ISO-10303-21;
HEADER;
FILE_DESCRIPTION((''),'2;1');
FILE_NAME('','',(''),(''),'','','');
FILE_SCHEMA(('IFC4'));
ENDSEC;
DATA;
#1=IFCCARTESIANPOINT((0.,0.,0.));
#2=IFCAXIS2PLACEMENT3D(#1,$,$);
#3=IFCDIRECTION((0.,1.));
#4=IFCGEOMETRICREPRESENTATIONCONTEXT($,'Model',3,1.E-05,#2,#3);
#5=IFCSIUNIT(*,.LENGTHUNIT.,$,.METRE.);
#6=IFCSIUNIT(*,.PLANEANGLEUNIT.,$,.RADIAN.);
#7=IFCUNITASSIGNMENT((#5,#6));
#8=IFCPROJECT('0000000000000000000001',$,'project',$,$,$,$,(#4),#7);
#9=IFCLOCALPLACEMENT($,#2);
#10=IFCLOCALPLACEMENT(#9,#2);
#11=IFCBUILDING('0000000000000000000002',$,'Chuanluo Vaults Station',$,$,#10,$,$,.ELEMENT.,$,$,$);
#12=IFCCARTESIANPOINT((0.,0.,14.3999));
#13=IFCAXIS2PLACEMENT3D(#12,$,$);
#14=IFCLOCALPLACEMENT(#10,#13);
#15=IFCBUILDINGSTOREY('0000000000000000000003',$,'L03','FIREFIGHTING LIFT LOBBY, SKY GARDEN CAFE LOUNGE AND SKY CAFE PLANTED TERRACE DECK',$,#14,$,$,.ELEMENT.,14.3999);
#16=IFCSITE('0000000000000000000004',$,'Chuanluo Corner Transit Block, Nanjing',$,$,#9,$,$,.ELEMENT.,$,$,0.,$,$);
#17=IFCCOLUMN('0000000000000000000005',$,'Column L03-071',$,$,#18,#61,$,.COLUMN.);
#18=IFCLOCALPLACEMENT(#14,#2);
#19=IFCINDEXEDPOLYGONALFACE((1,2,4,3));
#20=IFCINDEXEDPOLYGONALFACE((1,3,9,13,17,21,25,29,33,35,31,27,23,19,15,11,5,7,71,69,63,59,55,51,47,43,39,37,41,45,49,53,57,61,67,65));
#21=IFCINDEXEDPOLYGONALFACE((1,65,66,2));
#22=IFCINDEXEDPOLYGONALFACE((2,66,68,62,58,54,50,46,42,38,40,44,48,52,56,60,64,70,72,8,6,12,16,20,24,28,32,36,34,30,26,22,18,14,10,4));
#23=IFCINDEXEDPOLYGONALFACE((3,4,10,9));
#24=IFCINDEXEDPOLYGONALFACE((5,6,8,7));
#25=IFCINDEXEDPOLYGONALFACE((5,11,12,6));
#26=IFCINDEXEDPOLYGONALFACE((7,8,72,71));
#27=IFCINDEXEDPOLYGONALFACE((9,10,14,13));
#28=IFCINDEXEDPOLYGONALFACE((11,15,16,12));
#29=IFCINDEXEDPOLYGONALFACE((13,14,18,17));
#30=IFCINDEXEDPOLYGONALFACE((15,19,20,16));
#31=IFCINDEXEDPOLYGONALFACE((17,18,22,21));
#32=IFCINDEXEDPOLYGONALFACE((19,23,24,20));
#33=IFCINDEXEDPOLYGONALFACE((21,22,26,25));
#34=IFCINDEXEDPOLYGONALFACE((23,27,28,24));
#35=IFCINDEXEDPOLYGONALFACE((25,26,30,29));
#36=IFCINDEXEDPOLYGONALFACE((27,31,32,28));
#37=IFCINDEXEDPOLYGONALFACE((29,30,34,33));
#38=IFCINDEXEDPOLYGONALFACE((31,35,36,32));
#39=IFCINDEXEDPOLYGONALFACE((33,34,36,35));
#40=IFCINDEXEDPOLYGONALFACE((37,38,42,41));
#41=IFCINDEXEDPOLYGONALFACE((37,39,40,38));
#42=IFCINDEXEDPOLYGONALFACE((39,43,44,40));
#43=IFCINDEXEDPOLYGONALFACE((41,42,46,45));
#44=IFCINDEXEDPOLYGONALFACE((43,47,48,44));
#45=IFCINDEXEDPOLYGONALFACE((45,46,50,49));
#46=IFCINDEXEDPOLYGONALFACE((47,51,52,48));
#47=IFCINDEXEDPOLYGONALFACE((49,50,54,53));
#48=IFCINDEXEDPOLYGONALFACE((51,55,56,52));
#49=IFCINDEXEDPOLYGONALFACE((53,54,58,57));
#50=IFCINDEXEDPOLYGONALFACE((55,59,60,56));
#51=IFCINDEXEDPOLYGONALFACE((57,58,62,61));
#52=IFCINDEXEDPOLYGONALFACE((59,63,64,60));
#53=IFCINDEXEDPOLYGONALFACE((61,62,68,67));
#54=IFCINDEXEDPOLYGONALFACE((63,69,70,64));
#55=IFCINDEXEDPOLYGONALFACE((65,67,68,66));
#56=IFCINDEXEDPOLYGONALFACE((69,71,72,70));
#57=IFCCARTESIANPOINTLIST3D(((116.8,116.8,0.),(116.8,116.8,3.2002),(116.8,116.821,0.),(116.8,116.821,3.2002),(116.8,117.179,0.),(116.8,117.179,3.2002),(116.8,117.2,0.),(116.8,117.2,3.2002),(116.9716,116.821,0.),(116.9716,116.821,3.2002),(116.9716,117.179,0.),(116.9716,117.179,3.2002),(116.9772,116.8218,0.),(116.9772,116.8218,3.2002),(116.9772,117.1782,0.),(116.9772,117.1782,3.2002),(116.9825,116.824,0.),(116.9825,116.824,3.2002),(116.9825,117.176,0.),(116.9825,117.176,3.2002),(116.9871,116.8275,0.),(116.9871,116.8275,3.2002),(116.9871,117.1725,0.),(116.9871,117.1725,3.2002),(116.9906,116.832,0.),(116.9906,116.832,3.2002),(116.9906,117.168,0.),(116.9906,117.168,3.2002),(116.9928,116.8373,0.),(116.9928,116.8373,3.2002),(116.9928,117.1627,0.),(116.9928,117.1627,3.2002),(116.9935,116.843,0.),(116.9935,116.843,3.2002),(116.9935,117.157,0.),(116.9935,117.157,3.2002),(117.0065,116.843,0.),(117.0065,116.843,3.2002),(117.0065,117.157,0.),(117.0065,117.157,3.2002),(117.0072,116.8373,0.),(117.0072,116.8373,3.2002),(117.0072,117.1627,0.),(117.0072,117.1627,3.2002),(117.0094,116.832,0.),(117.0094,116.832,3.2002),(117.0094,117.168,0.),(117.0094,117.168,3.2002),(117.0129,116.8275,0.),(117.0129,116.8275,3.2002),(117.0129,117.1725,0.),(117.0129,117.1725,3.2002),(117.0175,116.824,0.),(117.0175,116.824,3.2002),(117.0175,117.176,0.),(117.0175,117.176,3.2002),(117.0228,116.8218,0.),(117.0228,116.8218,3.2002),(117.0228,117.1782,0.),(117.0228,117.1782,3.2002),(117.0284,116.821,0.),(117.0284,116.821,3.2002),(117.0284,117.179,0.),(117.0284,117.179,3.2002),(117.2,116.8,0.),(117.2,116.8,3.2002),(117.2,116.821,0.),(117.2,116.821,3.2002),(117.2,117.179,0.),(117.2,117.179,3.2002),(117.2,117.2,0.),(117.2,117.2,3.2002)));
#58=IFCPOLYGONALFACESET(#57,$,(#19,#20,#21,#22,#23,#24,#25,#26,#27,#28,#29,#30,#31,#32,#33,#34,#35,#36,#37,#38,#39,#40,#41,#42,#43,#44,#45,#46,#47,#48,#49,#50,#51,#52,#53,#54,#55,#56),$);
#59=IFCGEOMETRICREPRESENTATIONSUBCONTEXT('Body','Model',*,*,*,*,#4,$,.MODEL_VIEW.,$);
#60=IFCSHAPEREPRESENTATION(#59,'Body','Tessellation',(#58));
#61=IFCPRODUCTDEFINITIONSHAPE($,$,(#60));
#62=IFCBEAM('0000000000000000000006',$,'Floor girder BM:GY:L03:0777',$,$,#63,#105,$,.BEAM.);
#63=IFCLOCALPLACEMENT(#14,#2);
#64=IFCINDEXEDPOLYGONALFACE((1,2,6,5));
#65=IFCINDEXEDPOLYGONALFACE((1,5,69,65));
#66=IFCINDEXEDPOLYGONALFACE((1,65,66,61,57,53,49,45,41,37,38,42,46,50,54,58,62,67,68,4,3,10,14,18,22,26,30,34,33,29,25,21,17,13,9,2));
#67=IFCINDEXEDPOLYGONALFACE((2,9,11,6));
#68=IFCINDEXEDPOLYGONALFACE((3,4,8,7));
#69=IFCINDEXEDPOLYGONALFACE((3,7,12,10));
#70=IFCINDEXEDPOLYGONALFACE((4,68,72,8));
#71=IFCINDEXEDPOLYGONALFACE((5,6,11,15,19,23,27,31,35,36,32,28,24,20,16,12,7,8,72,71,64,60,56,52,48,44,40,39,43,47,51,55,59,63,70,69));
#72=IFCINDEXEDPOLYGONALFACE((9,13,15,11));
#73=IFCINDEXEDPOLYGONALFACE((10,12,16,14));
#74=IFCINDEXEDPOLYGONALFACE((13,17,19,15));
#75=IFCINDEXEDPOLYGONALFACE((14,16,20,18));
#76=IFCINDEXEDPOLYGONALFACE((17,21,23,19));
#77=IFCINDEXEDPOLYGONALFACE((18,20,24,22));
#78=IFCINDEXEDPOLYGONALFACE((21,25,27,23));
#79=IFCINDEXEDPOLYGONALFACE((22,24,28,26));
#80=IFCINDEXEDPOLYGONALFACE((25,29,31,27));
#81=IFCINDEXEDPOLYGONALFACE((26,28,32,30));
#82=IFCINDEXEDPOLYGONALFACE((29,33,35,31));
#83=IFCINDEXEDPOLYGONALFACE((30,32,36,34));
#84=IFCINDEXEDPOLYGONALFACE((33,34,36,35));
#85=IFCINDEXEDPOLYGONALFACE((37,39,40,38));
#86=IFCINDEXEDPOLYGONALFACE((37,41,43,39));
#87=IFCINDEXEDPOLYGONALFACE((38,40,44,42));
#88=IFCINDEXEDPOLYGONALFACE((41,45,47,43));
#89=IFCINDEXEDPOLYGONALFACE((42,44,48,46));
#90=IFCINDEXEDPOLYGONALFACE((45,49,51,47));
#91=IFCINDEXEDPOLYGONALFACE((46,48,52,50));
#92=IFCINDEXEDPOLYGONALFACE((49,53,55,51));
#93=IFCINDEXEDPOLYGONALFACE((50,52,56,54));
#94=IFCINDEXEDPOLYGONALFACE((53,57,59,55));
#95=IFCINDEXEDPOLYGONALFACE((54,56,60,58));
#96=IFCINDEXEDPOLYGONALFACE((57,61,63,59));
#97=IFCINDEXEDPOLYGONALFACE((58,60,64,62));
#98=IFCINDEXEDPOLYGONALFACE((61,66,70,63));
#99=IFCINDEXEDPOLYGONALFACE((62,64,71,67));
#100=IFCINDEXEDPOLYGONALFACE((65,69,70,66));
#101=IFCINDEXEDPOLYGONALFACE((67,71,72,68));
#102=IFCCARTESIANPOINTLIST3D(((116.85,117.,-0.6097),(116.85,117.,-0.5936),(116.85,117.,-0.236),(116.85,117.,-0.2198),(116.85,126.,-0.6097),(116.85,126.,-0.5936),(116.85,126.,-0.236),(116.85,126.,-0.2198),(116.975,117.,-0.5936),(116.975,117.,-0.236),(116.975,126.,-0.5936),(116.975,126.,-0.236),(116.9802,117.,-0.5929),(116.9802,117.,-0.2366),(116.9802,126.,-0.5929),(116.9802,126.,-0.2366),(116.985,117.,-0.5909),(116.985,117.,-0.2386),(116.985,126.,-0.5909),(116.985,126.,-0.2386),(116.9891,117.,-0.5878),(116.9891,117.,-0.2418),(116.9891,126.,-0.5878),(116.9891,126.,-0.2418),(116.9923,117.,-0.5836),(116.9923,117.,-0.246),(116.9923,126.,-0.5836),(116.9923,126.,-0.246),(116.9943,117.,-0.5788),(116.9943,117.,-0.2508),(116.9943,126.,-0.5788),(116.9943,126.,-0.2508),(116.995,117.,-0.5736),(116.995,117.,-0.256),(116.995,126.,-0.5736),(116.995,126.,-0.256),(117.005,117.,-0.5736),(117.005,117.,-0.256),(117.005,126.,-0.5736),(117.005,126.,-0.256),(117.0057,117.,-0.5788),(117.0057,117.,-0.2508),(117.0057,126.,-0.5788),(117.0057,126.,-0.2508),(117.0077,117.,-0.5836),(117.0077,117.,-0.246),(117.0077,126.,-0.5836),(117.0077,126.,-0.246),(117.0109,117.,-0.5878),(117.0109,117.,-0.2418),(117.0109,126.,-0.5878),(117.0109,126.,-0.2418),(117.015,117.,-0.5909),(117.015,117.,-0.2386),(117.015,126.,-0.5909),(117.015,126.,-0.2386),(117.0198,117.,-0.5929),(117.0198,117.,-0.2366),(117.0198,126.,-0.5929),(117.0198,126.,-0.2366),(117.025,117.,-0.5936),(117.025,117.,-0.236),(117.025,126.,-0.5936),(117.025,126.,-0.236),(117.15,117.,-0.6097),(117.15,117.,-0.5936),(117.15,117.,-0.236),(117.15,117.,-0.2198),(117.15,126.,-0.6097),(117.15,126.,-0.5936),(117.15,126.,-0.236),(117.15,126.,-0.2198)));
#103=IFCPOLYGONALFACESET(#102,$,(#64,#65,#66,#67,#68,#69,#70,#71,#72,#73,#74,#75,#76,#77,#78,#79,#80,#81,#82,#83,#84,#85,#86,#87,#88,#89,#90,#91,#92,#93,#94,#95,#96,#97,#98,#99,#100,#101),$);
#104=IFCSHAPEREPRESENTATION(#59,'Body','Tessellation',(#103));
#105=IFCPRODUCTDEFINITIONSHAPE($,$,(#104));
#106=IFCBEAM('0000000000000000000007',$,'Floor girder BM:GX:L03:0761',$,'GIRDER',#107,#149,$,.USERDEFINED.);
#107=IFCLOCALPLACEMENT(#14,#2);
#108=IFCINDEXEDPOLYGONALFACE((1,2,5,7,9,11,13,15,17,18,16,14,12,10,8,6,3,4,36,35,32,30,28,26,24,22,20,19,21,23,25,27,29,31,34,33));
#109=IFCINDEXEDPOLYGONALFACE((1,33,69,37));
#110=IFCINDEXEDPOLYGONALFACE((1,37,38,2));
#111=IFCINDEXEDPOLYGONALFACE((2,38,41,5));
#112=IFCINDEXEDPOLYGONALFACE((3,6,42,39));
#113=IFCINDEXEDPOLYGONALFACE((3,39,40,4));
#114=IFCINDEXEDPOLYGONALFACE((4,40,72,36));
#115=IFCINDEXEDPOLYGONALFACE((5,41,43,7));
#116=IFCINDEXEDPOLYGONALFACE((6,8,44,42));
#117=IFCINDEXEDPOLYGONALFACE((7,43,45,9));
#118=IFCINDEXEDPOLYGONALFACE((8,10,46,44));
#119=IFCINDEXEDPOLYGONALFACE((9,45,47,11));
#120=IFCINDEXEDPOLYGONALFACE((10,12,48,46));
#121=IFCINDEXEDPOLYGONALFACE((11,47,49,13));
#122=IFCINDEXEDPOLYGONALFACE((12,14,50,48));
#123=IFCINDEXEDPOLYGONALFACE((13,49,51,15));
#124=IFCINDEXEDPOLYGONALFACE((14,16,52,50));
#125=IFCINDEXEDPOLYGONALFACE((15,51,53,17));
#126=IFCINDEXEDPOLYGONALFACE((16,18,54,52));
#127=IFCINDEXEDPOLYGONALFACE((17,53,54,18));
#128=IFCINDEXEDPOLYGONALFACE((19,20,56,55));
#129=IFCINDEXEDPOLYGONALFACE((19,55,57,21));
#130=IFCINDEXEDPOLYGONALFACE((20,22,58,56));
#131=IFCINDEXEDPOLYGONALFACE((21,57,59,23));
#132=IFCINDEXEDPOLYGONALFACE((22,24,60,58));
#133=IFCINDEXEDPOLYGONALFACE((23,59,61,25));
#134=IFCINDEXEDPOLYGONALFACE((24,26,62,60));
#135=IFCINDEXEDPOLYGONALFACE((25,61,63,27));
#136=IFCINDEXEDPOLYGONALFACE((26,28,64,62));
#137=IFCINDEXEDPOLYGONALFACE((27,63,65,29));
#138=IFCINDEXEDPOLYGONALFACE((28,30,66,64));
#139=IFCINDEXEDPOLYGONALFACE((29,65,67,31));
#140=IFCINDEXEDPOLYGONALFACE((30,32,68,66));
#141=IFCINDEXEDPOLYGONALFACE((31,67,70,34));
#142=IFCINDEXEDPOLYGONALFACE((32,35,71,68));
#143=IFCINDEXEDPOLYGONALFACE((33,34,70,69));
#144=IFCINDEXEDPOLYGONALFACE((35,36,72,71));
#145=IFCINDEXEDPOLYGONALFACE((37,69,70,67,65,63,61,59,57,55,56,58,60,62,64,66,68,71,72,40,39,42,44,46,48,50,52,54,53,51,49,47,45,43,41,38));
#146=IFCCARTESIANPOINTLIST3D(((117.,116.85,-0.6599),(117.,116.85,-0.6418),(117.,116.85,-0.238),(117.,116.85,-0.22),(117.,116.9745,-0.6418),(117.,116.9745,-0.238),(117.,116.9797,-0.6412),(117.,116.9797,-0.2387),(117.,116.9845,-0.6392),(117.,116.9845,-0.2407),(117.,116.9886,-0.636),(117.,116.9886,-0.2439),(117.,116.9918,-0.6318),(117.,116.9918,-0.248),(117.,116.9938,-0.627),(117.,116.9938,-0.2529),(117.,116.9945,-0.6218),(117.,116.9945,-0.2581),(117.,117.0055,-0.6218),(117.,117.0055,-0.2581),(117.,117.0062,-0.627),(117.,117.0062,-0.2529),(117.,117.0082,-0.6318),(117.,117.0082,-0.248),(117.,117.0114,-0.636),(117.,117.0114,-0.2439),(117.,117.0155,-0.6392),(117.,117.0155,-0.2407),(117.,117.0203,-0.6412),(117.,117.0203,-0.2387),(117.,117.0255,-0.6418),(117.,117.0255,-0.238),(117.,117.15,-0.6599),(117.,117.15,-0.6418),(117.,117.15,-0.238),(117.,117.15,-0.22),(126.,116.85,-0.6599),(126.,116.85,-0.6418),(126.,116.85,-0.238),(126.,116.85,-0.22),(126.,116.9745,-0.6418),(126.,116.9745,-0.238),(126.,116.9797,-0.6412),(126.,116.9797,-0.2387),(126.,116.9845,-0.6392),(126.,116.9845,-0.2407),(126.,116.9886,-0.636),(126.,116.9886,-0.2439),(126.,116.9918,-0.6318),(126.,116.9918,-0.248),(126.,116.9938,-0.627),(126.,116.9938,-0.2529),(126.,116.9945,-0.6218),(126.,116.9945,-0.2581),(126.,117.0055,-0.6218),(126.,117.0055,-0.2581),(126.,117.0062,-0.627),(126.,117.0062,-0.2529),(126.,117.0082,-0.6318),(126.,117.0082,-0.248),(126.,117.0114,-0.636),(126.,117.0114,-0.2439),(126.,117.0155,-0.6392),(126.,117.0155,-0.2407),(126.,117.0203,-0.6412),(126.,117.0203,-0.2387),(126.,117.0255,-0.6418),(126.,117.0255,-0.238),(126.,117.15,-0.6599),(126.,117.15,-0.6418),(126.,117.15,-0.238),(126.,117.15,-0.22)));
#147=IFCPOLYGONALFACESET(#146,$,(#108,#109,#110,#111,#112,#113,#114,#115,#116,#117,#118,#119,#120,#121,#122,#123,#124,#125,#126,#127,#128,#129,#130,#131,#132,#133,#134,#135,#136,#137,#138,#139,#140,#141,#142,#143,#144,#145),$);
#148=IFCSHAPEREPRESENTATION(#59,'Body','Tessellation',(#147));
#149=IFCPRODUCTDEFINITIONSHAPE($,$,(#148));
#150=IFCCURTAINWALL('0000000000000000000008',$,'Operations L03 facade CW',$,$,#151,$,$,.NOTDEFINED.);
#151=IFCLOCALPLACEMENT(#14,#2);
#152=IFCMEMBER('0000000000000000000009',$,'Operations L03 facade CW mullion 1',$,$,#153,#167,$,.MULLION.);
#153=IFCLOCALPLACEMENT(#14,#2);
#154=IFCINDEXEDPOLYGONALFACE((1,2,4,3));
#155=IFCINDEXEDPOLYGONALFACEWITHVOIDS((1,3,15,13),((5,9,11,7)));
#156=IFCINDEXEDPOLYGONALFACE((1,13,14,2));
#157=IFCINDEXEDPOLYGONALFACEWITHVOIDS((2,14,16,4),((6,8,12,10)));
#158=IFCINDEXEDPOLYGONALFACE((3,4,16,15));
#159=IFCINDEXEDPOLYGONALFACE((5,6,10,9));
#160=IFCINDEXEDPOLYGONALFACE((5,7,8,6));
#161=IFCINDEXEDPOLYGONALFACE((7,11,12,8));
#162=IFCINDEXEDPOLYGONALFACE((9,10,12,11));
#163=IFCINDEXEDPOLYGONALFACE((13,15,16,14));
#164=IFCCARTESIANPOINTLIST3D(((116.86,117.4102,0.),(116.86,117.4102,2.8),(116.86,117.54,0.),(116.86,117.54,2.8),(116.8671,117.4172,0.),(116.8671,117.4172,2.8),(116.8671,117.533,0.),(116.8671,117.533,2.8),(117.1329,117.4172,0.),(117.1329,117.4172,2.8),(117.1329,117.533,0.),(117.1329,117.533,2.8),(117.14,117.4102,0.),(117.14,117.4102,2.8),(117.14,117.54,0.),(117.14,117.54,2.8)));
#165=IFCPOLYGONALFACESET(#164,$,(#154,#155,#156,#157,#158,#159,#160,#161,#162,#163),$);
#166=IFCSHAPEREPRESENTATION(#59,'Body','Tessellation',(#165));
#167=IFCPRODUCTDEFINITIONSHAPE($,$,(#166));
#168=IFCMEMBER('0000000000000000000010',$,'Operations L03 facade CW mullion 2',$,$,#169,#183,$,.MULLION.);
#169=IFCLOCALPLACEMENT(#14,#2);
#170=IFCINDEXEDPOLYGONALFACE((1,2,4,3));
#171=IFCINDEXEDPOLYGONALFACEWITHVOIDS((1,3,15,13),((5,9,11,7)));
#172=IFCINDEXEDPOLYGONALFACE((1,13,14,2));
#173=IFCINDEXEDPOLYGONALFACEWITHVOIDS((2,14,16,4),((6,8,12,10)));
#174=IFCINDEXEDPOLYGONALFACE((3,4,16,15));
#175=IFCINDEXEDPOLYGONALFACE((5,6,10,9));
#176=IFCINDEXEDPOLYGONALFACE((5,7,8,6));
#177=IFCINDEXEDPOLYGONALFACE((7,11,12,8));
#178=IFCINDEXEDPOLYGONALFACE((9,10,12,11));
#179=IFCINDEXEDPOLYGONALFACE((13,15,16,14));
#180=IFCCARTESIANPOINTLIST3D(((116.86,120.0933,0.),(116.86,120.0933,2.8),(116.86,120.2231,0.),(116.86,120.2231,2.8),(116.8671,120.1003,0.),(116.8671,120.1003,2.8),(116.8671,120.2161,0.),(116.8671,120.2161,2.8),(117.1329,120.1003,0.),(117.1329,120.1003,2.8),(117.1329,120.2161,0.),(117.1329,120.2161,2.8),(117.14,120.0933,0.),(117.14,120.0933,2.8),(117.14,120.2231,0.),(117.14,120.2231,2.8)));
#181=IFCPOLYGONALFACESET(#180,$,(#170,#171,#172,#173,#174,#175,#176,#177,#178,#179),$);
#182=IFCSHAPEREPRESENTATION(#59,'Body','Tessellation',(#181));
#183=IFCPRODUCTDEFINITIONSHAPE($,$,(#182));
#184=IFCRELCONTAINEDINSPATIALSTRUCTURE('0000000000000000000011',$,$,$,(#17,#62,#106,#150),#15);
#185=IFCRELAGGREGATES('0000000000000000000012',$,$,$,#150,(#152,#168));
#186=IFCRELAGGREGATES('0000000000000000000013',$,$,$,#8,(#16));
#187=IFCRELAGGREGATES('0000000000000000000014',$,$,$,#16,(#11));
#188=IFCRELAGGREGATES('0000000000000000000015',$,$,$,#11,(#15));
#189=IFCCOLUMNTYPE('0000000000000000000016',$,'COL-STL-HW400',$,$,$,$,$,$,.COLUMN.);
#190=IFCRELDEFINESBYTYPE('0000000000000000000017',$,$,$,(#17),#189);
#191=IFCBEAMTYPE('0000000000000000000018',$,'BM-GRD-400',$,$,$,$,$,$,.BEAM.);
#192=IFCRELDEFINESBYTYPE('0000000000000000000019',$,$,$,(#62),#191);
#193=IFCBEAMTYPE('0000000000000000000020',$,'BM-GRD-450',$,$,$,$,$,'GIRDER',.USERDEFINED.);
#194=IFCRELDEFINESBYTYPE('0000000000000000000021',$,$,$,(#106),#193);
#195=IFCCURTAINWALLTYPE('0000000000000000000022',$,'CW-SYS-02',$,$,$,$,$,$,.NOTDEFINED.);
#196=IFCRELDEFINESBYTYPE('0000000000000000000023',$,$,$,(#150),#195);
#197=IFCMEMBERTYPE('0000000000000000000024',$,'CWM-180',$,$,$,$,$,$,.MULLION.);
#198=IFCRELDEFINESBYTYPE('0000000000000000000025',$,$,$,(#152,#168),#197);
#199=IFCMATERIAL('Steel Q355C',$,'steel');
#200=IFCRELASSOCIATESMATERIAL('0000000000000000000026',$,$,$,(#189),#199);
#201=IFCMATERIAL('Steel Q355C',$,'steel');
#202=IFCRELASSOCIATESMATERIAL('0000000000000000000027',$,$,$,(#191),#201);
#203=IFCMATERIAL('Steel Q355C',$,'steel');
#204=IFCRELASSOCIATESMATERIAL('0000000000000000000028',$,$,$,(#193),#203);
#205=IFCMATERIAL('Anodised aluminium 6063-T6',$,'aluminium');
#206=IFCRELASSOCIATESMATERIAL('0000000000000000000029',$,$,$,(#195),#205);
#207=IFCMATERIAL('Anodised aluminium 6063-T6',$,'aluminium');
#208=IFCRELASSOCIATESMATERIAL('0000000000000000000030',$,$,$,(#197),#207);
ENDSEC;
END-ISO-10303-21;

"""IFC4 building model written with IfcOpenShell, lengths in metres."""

from ifc_helpers import new_model, si_unit, direction, frame, origin, origin_2d, place, context, subcontext, project, spatial, hollow_rectangle, i_section, extrude, material, material_profile, profile_set, type_object, element, aggregate, save


model = new_model("IFC4")

# Units and contexts
model_context = context("Model", 3, precision=1e-05, world=origin(), true_north=direction((0.0, 1.0)))
body_context = subcontext(model_context, "Body", "Model", "MODEL_VIEW")
ifc_project = project(units=[si_unit("LENGTHUNIT", "METRE"), si_unit("PLANEANGLEUNIT", "RADIAN")], contexts=[model_context])

# Site, building, storey
site_placement = place(None, origin())
site = spatial("IfcSite", under=ifc_project, at=site_placement, Name="Chuanluo Corner Transit Block, Nanjing", CompositionType="ELEMENT", RefElevation=0.0)
building_placement = place(site_placement, origin())
building = spatial("IfcBuilding", under=site, at=building_placement, Name="Chuanluo Vaults Station", CompositionType="ELEMENT")
storey_placement = place(building_placement, frame((0.0, 0.0, 14.3999)))
storey = spatial("IfcBuildingStorey", under=building, at=storey_placement, Name="L03", Description="FIREFIGHTING LIFT LOBBY, SKY GARDEN CAFE LOUNGE AND SKY CAFE PLANTED TERRACE DECK", CompositionType="ELEMENT", Elevation=14.3999)

# Column
ifc_material_1 = material(Name="Steel Q355C", Category="steel")
ifc_material_profile_1 = material_profile(ifc_material_1, i_section(OverallWidth=0.3999, OverallDepth=0.3999, WebThickness=0.0129, FlangeThickness=0.021, FilletRadius=0.022, at=origin_2d()))
ifc_profile_set_1 = profile_set([ifc_material_profile_1], Name="Steel Q355C")
column_type = type_object("IfcColumnType", Name="COL-STL-HW400", PredefinedType="COLUMN", material=ifc_profile_set_1)
column_placement = place(storey_placement, frame((117.0, 117.0, 0.0), z_axis=(0.0, 0.0, 1.0), x_axis=(1.0, 0.0, 0.0)))
element("IfcColumn", 1, at=column_placement, inside=storey, type_object=column_type, Name="Column L03-071", PredefinedType="COLUMN", context=body_context, shape_type="SweptSolid", body=[
    extrude(i_section(OverallWidth=0.3999, OverallDepth=0.3999, WebThickness=0.0129, FlangeThickness=0.021, FilletRadius=0.022, at=origin_2d()), origin(), (0.0, 0.0, 1.0), 3.2002),
])

# Beams
ifc_material_2 = material(Name="Steel Q355C", Category="steel")
ifc_material_profile_2 = material_profile(ifc_material_2, i_section(OverallWidth=0.3, OverallDepth=0.3899, WebThickness=0.01, FlangeThickness=0.0161, FilletRadius=0.02, at=origin_2d()))
ifc_profile_set_2 = profile_set([ifc_material_profile_2], Name="Steel Q355C")
beam_type_1 = type_object("IfcBeamType", Name="BM-GRD-400", PredefinedType="BEAM", material=ifc_profile_set_2)
beam_1_placement = place(storey_placement, frame((117.0, 117.0, -0.4148), z_axis=(0.0, 1.0, 0.0), x_axis=(-1.0, 0.0, 0.0)))
element("IfcBeam", 2, at=beam_1_placement, inside=storey, type_object=beam_type_1, Name="Floor girder BM:GY:L03:0777", PredefinedType="BEAM", context=body_context, shape_type="SweptSolid", body=[
    extrude(i_section(OverallWidth=0.3, OverallDepth=0.3899, WebThickness=0.01, FlangeThickness=0.0161, FilletRadius=0.02, at=origin_2d()), origin(), (0.0, 0.0, 1.0), 9.0),
])
ifc_material_3 = material(Name="Steel Q355C", Category="steel")
ifc_material_profile_3 = material_profile(ifc_material_3, i_section(OverallWidth=0.3, OverallDepth=0.4399, WebThickness=0.011, FlangeThickness=0.0181, FilletRadius=0.02, at=origin_2d()))
ifc_profile_set_3 = profile_set([ifc_material_profile_3], Name="Steel Q355C")
beam_type_2 = type_object("IfcBeamType", Name="BM-GRD-450", ElementType="GIRDER", PredefinedType="USERDEFINED", material=ifc_profile_set_3)
beam_2_placement = place(storey_placement, frame((117.0, 117.0, -0.4399), z_axis=(1.0, 0.0, 0.0), x_axis=(0.0, 1.0, 0.0)))
element("IfcBeam", 3, at=beam_2_placement, inside=storey, type_object=beam_type_2, Name="Floor girder BM:GX:L03:0761", ObjectType="GIRDER", PredefinedType="USERDEFINED", context=body_context, shape_type="SweptSolid", body=[
    extrude(i_section(OverallWidth=0.3, OverallDepth=0.4399, WebThickness=0.011, FlangeThickness=0.0181, FilletRadius=0.02, at=origin_2d()), origin(), (0.0, 0.0, 1.0), 9.0),
])

# Curtain wall, members
ifc_material_4 = material(Name="Anodised aluminium 6063-T6", Category="aluminium")
curtain_wall_type_1 = type_object("IfcCurtainWallType", Name="CW-SYS-02", PredefinedType="NOTDEFINED", material=ifc_material_4)
curtain_wall_1_placement = place(storey_placement, origin())
curtain_wall_1 = element("IfcCurtainWall", 4, at=curtain_wall_1_placement, inside=storey, type_object=curtain_wall_type_1, Name="Operations L03 facade CW", PredefinedType="NOTDEFINED")
ifc_material_5 = material(Name="Anodised aluminium 6063-T6", Category="aluminium")
ifc_material_profile_4 = material_profile(ifc_material_5, hollow_rectangle(XDim=0.1299, YDim=0.28, WallThickness=0.0071, at=origin_2d()))
ifc_profile_set_4 = profile_set([ifc_material_profile_4], Name="Anodised aluminium 6063-T6")
member_type_1 = type_object("IfcMemberType", Name="CWM-180", PredefinedType="MULLION", material=ifc_profile_set_4)
member_1_placement = place(storey_placement, frame((117.0, 117.4751, 0.0), z_axis=(0.0, 0.0, 1.0), x_axis=(0.0, 1.0, 0.0)))
member_1 = element("IfcMember", 5, at=member_1_placement, type_object=member_type_1, Name="Operations L03 facade CW mullion 1", PredefinedType="MULLION", context=body_context, shape_type="SweptSolid", body=[
    extrude(hollow_rectangle(XDim=0.1299, YDim=0.28, WallThickness=0.0071, at=origin_2d()), origin(), (0.0, 0.0, 1.0), 2.8),
])
member_2_placement = place(storey_placement, frame((117.0, 120.1582, 0.0), z_axis=(0.0, 0.0, 1.0), x_axis=(0.0, 1.0, 0.0)))
member_2 = element("IfcMember", 6, at=member_2_placement, type_object=member_type_1, Name="Operations L03 facade CW mullion 2", PredefinedType="MULLION", context=body_context, shape_type="SweptSolid", body=[
    extrude(hollow_rectangle(XDim=0.1299, YDim=0.28, WallThickness=0.0071, at=origin_2d()), origin(), (0.0, 0.0, 1.0), 2.8),
])

aggregate(curtain_wall_1, [member_1, member_2])

save(model, "model.ifc")
